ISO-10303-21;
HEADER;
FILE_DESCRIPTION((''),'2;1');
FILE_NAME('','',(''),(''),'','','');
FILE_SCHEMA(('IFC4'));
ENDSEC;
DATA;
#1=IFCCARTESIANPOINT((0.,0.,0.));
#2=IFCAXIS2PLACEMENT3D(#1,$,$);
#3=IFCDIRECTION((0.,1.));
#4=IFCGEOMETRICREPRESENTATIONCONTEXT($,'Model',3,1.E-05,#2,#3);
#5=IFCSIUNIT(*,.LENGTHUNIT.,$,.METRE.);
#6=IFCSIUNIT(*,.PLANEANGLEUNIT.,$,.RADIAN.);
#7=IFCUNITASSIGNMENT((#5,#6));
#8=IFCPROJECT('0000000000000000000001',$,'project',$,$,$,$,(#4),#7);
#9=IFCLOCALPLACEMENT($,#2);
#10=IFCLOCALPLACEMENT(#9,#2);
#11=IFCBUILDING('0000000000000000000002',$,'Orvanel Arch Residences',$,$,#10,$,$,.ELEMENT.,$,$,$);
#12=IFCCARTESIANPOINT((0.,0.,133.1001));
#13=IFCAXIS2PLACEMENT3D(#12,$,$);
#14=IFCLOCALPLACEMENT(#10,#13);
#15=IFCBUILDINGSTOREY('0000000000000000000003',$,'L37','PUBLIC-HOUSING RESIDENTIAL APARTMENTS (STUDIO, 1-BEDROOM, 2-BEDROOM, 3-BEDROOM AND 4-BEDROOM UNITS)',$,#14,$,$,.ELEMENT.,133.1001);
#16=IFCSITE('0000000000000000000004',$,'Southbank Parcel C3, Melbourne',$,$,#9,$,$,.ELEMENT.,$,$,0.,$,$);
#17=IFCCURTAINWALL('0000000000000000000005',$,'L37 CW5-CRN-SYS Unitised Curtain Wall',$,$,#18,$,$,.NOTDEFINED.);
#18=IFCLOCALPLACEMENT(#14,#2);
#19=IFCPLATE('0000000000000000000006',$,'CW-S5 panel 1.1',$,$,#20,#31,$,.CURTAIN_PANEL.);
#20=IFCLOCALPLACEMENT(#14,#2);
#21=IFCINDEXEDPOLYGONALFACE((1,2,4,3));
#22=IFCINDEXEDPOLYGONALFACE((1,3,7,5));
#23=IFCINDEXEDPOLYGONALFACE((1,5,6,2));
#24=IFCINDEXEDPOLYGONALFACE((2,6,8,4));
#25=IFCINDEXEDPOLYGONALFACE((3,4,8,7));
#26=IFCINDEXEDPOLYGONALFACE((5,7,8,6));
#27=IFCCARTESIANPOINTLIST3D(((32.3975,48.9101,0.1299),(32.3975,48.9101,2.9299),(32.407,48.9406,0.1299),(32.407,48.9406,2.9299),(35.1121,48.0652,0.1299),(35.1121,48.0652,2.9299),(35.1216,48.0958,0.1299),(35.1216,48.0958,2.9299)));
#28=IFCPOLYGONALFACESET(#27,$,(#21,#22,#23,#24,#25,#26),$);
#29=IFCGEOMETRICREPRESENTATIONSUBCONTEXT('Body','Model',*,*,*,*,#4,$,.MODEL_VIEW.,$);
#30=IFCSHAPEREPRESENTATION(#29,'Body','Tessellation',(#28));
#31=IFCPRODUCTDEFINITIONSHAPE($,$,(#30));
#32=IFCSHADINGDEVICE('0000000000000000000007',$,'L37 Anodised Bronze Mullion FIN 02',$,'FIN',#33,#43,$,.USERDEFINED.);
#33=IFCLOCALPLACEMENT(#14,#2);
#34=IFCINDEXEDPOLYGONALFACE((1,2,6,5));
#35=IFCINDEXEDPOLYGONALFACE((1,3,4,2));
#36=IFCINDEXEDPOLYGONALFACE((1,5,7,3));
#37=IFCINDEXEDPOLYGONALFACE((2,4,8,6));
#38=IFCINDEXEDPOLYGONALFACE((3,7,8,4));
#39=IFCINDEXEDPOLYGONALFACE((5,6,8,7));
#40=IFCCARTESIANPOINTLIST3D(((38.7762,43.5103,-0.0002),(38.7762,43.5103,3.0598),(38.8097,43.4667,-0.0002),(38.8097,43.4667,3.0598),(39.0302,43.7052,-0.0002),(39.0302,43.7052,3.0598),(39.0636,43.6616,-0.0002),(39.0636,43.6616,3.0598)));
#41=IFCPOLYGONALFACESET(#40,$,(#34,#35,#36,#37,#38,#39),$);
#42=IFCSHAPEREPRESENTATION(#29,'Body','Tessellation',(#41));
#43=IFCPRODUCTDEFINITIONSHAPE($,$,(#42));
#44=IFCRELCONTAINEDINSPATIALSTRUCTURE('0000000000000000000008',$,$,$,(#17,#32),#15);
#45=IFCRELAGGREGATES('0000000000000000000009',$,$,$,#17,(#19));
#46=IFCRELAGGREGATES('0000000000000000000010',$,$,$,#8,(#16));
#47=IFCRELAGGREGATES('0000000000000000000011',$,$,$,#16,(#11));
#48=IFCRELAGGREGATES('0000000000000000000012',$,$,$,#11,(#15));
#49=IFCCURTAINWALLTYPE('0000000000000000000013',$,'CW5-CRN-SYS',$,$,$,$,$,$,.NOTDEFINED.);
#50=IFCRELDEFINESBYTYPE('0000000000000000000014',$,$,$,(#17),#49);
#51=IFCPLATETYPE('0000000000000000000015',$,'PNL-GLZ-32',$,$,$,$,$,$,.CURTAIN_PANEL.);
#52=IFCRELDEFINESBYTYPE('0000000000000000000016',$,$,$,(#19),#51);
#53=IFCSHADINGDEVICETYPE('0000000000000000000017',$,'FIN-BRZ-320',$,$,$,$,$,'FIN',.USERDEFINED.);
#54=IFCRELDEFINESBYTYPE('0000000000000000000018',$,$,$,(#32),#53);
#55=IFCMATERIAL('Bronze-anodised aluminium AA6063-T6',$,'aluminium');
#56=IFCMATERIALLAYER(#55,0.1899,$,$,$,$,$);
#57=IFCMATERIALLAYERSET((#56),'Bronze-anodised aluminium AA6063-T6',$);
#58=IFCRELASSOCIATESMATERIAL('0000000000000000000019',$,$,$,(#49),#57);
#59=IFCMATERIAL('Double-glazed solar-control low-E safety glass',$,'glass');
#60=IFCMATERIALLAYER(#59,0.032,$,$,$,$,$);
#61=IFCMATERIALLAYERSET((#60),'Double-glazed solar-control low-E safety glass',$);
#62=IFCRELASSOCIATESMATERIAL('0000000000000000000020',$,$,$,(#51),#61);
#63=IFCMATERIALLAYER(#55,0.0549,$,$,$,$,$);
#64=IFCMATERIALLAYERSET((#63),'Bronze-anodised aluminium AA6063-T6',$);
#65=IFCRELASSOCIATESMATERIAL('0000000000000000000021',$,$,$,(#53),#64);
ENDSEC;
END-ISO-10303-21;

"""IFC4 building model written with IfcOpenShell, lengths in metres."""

from ifc_helpers import new_model, si_unit, direction, frame, origin, origin_2d, place, context, subcontext, project, spatial, rectangle, extrude, material, layer, layer_set, type_object, element, aggregate, save


model = new_model("IFC4")

# Units and contexts
model_context = context("Model", 3, precision=1e-05, world=origin(), true_north=direction((0.0, 1.0)))
body_context = subcontext(model_context, "Body", "Model", "MODEL_VIEW")
ifc_project = project(units=[si_unit("LENGTHUNIT", "METRE"), si_unit("PLANEANGLEUNIT", "RADIAN")], contexts=[model_context])

# Site, building, storey
site_placement = place(None, origin())
site = spatial("IfcSite", under=ifc_project, at=site_placement, Name="Southbank Parcel C3, Melbourne", CompositionType="ELEMENT", RefElevation=0.0)
building_placement = place(site_placement, origin())
building = spatial("IfcBuilding", under=site, at=building_placement, Name="Orvanel Arch Residences", CompositionType="ELEMENT")
storey_placement = place(building_placement, frame((0.0, 0.0, 133.1001)))
storey = spatial("IfcBuildingStorey", under=building, at=storey_placement, Name="L37", Description="PUBLIC-HOUSING RESIDENTIAL APARTMENTS (STUDIO, 1-BEDROOM, 2-BEDROOM, 3-BEDROOM AND 4-BEDROOM UNITS)", CompositionType="ELEMENT", Elevation=133.1001)

# Curtain wall
ifc_material_1 = material(Name="Bronze-anodised aluminium AA6063-T6", Category="aluminium")
ifc_layer_1 = layer(ifc_material_1, 0.1899)
ifc_layer_set_1 = layer_set([ifc_layer_1], Name="Bronze-anodised aluminium AA6063-T6")
curtain_wall_type_1 = type_object("IfcCurtainWallType", Name="CW5-CRN-SYS", PredefinedType="NOTDEFINED", material=ifc_layer_set_1)
curtain_wall_1_placement = place(storey_placement, origin())
curtain_wall_1 = element("IfcCurtainWall", 1, at=curtain_wall_1_placement, inside=storey, type_object=curtain_wall_type_1, Name="L37 CW5-CRN-SYS Unitised Curtain Wall", PredefinedType="NOTDEFINED")

# Plate
ifc_material_2 = material(Name="Double-glazed solar-control low-E safety glass", Category="glass")
ifc_layer_2 = layer(ifc_material_2, 0.032)
ifc_layer_set_2 = layer_set([ifc_layer_2], Name="Double-glazed solar-control low-E safety glass")
plate_type_1 = type_object("IfcPlateType", Name="PNL-GLZ-32", PredefinedType="CURTAIN_PANEL", material=ifc_layer_set_2)
plate_1_placement = place(storey_placement, frame((33.7595, 48.5029, 0.1299), z_axis=(0.0, 0.0, 1.0), x_axis=(-0.954825, 0.29717, 0.0)))
plate_1 = element("IfcPlate", 2, at=plate_1_placement, type_object=plate_type_1, Name="CW-S5 panel 1.1", PredefinedType="CURTAIN_PANEL", context=body_context, shape_type="SweptSolid", body=[
    extrude(rectangle(XDim=2.843, YDim=0.032, at=origin_2d()), origin(), (0.0, 0.0, 1.0), 2.8),
])
aggregate(curtain_wall_1, [plate_1])

# Shading device
ifc_layer_3 = layer(ifc_material_1, 0.0549)
ifc_layer_set_3 = layer_set([ifc_layer_3], Name="Bronze-anodised aluminium AA6063-T6")
shading_device_type = type_object("IfcShadingDeviceType", Name="FIN-BRZ-320", ElementType="FIN", PredefinedType="USERDEFINED", material=ifc_layer_set_3)
shading_device_placement = place(storey_placement, frame((38.9199, 43.5859, -0.0002), z_axis=(0.0, 0.0, 1.0), x_axis=(0.793353, 0.608761, 0.0)))
element("IfcShadingDevice", 3, at=shading_device_placement, inside=storey, type_object=shading_device_type, Name="L37 Anodised Bronze Mullion FIN 02", ObjectType="FIN", PredefinedType="USERDEFINED", context=body_context, shape_type="SweptSolid", body=[
    extrude(rectangle(XDim=0.3201, YDim=0.0549, at=origin_2d()), origin(), (0.0, 0.0, 1.0), 3.0601),
])

save(model, "model.ifc")
